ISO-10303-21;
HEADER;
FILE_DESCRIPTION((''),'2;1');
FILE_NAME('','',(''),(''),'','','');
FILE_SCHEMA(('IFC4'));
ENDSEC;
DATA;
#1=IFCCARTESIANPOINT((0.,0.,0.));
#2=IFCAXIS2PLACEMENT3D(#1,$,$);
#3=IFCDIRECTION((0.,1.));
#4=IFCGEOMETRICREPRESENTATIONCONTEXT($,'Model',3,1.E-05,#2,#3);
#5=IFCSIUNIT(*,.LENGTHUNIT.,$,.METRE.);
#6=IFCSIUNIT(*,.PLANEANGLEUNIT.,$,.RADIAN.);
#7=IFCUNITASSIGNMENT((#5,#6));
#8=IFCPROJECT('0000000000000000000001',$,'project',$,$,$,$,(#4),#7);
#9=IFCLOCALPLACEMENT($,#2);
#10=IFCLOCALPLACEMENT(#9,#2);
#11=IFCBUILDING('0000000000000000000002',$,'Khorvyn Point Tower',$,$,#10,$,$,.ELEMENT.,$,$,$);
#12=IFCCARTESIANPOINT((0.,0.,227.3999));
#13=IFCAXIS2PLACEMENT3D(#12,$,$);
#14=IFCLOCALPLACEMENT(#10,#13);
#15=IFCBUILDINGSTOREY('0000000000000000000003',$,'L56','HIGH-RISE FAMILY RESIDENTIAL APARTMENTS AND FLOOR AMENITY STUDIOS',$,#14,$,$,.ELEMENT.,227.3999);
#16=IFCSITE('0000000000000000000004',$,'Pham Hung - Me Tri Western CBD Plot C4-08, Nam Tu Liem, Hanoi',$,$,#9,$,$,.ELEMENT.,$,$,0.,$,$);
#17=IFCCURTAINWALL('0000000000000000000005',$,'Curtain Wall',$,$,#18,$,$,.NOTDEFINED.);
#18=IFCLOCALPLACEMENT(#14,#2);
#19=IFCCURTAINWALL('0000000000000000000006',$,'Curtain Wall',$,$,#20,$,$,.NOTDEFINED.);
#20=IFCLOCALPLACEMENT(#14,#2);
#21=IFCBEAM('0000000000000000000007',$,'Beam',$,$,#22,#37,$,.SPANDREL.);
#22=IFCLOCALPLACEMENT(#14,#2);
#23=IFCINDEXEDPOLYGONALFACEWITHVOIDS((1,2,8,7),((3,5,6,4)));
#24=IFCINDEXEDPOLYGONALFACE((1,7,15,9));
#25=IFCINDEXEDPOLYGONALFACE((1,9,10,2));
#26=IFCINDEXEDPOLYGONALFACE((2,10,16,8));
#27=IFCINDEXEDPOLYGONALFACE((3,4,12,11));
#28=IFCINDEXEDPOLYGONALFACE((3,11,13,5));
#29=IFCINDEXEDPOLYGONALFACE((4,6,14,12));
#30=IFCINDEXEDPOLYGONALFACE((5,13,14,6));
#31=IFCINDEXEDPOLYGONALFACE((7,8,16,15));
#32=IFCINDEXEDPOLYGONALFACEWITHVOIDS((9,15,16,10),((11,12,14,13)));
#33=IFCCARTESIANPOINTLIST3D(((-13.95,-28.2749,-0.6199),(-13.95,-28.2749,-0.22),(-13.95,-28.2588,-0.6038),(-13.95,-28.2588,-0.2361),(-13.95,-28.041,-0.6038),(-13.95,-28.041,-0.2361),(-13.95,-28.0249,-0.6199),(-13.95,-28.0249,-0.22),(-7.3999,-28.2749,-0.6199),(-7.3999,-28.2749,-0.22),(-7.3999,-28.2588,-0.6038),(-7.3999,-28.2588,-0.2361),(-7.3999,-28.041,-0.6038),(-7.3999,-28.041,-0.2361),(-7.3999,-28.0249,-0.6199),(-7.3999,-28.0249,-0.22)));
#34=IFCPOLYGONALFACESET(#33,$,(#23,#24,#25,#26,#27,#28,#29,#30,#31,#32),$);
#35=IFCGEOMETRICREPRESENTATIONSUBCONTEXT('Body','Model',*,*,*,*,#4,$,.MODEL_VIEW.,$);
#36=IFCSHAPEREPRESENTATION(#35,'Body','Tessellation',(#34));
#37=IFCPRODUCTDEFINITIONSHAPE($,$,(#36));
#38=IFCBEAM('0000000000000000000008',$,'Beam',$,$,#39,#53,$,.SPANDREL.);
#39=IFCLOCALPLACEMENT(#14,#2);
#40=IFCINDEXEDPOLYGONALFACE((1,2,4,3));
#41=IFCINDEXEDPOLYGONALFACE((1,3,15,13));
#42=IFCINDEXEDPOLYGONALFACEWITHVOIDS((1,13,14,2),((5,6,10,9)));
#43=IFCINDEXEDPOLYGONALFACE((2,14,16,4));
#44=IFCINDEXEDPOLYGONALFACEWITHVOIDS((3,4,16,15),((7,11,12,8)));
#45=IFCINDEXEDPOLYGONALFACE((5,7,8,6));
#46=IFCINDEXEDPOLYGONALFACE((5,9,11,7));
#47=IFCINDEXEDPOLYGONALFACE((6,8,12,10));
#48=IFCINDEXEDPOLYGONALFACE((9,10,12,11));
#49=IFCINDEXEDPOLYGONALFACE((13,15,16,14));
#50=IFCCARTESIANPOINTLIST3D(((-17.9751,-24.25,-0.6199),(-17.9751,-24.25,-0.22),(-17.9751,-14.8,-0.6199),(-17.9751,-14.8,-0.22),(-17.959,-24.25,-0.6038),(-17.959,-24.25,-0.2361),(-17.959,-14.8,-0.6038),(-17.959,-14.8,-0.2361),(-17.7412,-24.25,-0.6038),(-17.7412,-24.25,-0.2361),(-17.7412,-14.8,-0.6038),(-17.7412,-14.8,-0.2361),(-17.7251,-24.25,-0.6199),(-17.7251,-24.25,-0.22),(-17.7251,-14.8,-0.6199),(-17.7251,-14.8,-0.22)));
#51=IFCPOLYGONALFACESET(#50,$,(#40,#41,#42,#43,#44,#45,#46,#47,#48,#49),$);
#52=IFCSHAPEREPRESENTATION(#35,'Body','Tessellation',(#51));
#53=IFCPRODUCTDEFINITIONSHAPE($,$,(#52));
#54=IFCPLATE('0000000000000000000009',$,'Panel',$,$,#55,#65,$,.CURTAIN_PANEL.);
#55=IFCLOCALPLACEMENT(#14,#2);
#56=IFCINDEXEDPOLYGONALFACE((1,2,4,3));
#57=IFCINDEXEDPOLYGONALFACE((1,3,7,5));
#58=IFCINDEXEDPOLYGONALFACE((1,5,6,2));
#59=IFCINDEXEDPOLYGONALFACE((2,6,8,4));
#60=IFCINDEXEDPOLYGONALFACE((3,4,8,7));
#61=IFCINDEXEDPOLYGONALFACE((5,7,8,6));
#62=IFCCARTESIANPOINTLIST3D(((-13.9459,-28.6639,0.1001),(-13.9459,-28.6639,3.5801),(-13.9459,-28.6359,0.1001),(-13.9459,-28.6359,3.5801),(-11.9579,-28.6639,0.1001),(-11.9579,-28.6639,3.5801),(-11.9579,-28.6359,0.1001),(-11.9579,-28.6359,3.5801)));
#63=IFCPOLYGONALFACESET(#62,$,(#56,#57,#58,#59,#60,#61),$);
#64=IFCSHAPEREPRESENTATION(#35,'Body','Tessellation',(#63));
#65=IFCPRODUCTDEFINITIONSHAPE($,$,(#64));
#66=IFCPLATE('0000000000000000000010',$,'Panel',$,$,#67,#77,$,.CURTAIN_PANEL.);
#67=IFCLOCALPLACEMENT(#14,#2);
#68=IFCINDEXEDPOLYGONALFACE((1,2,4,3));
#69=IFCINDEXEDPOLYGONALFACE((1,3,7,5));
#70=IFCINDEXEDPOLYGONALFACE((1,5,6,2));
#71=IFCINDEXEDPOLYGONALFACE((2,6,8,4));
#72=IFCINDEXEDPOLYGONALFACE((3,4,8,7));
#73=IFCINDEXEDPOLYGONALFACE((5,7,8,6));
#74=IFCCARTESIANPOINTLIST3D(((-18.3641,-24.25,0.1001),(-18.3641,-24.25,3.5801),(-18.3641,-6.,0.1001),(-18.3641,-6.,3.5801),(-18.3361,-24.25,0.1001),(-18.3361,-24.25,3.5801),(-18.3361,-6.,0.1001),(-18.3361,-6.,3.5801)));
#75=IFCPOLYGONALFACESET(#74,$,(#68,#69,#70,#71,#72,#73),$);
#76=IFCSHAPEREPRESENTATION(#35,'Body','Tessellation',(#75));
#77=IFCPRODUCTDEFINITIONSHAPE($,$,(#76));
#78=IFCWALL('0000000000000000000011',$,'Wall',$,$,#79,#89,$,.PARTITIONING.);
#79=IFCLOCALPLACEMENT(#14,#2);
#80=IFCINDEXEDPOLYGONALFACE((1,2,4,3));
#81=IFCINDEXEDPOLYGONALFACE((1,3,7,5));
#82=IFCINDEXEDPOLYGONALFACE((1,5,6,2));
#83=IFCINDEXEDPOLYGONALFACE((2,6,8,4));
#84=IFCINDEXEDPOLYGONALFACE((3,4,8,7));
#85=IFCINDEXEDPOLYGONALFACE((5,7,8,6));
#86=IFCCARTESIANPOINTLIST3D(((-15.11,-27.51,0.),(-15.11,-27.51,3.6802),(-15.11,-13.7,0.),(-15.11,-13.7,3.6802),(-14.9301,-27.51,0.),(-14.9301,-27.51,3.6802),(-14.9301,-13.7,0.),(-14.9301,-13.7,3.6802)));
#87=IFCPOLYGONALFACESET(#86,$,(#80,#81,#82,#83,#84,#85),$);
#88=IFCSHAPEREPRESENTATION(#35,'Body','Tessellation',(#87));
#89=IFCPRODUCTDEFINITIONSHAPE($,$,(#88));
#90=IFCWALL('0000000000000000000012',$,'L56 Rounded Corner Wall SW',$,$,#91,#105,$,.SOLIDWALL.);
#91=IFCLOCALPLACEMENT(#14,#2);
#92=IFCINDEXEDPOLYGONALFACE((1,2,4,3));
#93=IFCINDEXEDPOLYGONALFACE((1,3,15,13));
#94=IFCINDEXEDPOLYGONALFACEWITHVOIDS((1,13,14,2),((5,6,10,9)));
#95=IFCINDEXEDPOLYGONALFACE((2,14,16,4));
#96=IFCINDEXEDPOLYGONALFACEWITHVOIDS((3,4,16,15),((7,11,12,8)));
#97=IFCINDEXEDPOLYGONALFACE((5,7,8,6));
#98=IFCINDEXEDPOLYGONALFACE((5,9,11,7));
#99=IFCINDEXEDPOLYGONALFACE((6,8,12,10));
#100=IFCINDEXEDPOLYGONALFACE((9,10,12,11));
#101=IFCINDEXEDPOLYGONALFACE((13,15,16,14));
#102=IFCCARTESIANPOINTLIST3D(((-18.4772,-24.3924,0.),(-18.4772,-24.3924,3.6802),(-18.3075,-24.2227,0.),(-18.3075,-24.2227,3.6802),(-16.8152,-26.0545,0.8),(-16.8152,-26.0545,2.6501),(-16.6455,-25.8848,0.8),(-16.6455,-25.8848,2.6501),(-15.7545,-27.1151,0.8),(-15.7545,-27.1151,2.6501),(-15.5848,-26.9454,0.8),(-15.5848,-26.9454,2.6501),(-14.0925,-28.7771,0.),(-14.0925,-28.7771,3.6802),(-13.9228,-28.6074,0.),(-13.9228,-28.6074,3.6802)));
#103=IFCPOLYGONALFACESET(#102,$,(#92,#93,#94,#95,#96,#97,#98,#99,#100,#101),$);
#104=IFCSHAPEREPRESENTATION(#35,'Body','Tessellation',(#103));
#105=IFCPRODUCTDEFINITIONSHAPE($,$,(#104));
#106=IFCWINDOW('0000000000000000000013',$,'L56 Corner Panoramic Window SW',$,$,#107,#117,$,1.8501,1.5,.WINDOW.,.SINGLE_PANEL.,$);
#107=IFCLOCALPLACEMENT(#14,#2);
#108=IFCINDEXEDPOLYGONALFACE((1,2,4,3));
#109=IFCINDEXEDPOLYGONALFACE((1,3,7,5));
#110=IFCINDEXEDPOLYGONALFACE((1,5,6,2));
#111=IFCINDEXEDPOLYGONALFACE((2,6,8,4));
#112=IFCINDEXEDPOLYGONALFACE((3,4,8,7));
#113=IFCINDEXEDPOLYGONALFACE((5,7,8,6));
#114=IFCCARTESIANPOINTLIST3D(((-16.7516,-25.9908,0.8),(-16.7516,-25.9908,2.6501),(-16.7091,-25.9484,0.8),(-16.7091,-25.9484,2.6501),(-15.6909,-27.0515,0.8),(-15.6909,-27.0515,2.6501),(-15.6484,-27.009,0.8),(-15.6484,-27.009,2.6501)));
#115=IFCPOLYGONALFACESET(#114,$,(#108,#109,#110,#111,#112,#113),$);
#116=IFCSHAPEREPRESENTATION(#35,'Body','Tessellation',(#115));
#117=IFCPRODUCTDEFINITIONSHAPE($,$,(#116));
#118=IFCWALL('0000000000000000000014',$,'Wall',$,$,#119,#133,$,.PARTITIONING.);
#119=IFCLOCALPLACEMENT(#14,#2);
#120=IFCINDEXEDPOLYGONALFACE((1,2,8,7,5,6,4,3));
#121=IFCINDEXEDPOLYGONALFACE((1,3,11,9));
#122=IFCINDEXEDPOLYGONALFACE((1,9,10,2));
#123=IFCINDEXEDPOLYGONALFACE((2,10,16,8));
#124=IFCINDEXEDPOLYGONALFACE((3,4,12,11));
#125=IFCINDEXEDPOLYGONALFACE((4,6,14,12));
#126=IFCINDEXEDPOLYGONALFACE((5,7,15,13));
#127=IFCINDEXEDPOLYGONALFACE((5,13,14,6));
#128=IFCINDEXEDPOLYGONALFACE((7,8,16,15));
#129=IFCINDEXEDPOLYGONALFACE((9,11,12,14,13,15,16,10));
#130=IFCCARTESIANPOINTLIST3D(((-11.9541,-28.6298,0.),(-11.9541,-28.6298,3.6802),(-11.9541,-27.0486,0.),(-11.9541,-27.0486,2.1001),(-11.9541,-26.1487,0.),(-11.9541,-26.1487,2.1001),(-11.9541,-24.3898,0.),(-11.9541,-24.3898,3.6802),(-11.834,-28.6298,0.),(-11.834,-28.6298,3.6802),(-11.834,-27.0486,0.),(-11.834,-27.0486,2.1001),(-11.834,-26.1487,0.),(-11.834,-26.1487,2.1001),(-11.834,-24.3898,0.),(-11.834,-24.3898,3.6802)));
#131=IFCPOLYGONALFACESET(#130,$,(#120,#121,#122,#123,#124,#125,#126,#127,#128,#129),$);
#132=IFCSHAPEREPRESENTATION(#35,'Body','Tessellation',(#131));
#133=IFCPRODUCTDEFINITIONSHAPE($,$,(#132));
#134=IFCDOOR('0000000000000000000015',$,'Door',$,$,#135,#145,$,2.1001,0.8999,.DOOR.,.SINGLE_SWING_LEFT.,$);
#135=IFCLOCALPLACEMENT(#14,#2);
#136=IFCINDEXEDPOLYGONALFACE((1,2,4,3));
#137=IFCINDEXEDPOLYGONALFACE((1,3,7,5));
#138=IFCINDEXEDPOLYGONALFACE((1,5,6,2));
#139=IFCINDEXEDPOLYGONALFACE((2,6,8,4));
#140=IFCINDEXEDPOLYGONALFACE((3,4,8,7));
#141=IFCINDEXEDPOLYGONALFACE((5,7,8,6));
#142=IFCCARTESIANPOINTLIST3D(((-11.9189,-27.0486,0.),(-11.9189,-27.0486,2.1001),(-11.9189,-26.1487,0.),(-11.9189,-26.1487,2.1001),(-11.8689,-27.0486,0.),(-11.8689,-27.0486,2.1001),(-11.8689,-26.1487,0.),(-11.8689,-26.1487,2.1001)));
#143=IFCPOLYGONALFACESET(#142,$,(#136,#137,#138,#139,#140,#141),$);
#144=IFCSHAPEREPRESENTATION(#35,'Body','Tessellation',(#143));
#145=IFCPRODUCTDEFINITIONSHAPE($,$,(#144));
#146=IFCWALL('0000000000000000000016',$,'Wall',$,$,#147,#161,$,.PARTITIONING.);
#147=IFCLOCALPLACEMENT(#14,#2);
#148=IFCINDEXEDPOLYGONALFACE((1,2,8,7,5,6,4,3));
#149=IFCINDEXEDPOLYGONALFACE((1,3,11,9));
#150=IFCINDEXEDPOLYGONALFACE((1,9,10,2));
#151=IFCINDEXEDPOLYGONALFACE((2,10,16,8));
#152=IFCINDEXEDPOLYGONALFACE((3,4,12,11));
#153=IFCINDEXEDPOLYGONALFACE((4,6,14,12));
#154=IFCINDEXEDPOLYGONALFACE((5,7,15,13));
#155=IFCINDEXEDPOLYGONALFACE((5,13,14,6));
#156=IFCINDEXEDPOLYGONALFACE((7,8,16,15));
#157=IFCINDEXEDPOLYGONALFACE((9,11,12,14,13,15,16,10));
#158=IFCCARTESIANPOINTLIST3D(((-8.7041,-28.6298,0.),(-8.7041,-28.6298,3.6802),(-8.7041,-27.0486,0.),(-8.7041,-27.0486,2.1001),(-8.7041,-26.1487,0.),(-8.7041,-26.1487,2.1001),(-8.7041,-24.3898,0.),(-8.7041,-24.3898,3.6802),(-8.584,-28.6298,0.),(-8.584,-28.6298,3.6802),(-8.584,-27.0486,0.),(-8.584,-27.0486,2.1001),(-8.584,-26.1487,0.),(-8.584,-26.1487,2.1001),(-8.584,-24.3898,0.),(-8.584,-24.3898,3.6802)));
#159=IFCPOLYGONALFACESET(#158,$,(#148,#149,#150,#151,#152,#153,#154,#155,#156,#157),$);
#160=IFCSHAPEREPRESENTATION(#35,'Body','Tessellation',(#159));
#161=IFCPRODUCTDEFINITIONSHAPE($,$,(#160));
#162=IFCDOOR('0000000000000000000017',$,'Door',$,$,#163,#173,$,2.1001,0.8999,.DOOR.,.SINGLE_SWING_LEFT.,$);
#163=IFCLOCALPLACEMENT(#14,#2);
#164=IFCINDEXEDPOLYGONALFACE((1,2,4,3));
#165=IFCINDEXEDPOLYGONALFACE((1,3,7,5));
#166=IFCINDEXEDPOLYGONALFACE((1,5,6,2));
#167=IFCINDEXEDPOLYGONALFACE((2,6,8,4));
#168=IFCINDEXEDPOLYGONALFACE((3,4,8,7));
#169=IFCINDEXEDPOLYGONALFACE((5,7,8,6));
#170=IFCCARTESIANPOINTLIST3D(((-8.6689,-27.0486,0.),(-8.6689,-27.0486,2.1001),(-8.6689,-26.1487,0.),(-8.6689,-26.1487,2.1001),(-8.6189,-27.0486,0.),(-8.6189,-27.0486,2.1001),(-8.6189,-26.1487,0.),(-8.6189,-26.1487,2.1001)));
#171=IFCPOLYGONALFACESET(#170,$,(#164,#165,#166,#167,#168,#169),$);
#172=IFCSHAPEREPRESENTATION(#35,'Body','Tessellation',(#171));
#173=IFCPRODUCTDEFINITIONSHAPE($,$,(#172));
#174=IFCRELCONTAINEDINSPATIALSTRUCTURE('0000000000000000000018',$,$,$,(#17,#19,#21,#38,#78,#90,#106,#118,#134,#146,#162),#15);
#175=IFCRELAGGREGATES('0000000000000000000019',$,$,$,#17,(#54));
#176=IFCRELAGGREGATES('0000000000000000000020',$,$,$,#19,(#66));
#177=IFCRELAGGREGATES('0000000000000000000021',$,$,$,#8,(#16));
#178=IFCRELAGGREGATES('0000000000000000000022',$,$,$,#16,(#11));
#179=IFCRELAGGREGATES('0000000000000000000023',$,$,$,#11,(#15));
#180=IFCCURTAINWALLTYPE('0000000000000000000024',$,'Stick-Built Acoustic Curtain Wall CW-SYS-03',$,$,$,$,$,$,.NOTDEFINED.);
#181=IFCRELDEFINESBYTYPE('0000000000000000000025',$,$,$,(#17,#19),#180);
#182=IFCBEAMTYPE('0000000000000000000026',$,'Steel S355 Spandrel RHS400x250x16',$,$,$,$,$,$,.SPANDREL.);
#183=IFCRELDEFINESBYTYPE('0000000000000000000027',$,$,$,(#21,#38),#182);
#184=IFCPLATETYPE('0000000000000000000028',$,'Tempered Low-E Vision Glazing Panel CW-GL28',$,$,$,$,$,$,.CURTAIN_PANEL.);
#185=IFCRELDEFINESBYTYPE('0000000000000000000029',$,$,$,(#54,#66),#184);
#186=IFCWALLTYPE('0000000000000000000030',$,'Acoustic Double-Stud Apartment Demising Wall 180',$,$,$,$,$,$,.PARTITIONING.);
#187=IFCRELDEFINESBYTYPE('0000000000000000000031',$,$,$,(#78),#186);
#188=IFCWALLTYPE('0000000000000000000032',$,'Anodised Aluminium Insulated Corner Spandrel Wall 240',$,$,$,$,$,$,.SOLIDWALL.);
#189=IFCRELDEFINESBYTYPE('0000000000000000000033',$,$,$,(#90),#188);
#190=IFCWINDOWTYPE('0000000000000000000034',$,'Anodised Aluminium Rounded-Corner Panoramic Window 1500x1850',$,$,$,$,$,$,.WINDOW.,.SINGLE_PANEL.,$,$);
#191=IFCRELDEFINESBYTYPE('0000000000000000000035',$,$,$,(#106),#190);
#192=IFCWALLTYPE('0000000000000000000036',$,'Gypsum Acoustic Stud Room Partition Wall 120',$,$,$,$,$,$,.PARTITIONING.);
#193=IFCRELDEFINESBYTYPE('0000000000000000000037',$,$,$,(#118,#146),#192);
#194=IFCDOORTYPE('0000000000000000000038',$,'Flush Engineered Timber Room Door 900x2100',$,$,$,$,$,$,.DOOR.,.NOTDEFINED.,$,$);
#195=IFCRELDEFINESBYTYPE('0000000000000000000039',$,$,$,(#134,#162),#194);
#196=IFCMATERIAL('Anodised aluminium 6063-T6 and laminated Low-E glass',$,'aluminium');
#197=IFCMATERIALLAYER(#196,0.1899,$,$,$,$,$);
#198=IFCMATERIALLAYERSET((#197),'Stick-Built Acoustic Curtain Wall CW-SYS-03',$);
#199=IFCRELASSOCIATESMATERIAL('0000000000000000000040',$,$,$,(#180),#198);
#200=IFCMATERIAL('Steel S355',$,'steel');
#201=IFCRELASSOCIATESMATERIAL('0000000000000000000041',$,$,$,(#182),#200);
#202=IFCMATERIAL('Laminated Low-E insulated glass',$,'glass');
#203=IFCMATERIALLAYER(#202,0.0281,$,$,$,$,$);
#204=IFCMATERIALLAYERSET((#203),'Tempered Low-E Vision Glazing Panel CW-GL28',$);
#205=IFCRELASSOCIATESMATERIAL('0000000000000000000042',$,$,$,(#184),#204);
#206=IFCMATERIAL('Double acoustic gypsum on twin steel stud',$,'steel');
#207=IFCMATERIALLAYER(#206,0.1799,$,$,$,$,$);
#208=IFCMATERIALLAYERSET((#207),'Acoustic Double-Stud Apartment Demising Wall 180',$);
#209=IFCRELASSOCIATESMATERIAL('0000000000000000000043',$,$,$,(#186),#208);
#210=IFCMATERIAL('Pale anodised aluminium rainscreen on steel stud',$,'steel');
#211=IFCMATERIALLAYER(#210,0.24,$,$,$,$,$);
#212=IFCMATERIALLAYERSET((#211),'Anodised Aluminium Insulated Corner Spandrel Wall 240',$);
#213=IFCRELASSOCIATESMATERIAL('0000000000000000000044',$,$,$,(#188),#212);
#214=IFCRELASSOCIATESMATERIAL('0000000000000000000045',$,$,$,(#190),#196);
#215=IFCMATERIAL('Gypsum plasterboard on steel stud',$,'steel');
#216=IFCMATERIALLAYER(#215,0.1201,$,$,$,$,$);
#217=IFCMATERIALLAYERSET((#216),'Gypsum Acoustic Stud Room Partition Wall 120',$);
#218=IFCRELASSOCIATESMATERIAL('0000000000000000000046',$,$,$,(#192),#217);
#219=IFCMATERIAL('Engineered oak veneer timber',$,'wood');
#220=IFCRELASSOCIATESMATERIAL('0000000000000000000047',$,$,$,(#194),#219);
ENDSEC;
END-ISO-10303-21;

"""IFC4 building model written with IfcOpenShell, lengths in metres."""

from ifc_helpers import new_model, si_unit, direction, frame, frame_2d, origin, origin_2d, place, context, subcontext, project, spatial, rectangle, hollow_rectangle, extrude, material, layer, layer_set, material_profile, profile_set, type_object, element, fill, aggregate, save


model = new_model("IFC4")

# Units and contexts
model_context = context("Model", 3, precision=1e-05, world=origin(), true_north=direction((0.0, 1.0)))
body_context = subcontext(model_context, "Body", "Model", "MODEL_VIEW")
ifc_project = project(units=[si_unit("LENGTHUNIT", "METRE"), si_unit("PLANEANGLEUNIT", "RADIAN")], contexts=[model_context])

# Site, building, storey
site_placement = place(None, origin())
site = spatial("IfcSite", under=ifc_project, at=site_placement, Name="Pham Hung - Me Tri Western CBD Plot C4-08, Nam Tu Liem, Hanoi", CompositionType="ELEMENT", RefElevation=0.0)
building_placement = place(site_placement, origin())
building = spatial("IfcBuilding", under=site, at=building_placement, Name="Khorvyn Point Tower", CompositionType="ELEMENT")
storey_placement = place(building_placement, frame((0.0, 0.0, 227.3999)))
storey = spatial("IfcBuildingStorey", under=building, at=storey_placement, Name="L56", Description="HIGH-RISE FAMILY RESIDENTIAL APARTMENTS AND FLOOR AMENITY STUDIOS", CompositionType="ELEMENT", Elevation=227.3999)

# Curtain wall
ifc_material_1 = material(Name="Anodised aluminium 6063-T6 and laminated Low-E glass", Category="aluminium")
ifc_layer_1 = layer(ifc_material_1, 0.1899)
ifc_layer_set_1 = layer_set([ifc_layer_1], Name="Stick-Built Acoustic Curtain Wall CW-SYS-03")
curtain_wall_type = type_object("IfcCurtainWallType", Name="Stick-Built Acoustic Curtain Wall CW-SYS-03", PredefinedType="NOTDEFINED", material=ifc_layer_set_1)
curtain_wall_1_placement = place(storey_placement, origin())
curtain_wall_1 = element("IfcCurtainWall", 1, at=curtain_wall_1_placement, inside=storey, type_object=curtain_wall_type, Name="Curtain Wall", PredefinedType="NOTDEFINED")

# Curtain wall
curtain_wall_2_placement = place(storey_placement, origin())
curtain_wall_2 = element("IfcCurtainWall", 2, at=curtain_wall_2_placement, inside=storey, type_object=curtain_wall_type, Name="Curtain Wall", PredefinedType="NOTDEFINED")

# Beams
ifc_material_2 = material(Name="Steel S355", Category="steel")
ifc_material_profile_1 = material_profile(ifc_material_2, hollow_rectangle(XDim=0.25, YDim=0.3999, WallThickness=0.0161, at=origin_2d()))
ifc_profile_set_1 = profile_set([ifc_material_profile_1], Name="Steel S355 RHS400x250x16")
beam_type_1 = type_object("IfcBeamType", Name="Steel S355 Spandrel RHS400x250x16", PredefinedType="SPANDREL", material=ifc_profile_set_1)
beam_1_placement = place(storey_placement, frame((-13.95, -28.1499, -0.4199), z_axis=(1.0, 0.0, 0.0), x_axis=(0.0, 1.0, 0.0)))
element("IfcBeam", 3, at=beam_1_placement, inside=storey, type_object=beam_type_1, Name="Beam", PredefinedType="SPANDREL", context=body_context, shape_type="SweptSolid", body=[
    extrude(hollow_rectangle(XDim=0.25, YDim=0.3999, WallThickness=0.0161, at=origin_2d()), origin(), (0.0, 0.0, 1.0), 6.55),
])
beam_2_placement = place(storey_placement, frame((-17.8501, -24.25, -0.4199), z_axis=(0.0, 1.0, 0.0), x_axis=(-1.0, 0.0, 0.0)))
element("IfcBeam", 4, at=beam_2_placement, inside=storey, type_object=beam_type_1, Name="Beam", PredefinedType="SPANDREL", context=body_context, shape_type="SweptSolid", body=[
    extrude(hollow_rectangle(XDim=0.25, YDim=0.3999, WallThickness=0.0161, at=origin_2d()), origin(), (0.0, 0.0, 1.0), 9.45),
])

# Plates
ifc_material_3 = material(Name="Laminated Low-E insulated glass", Category="glass")
ifc_layer_2 = layer(ifc_material_3, 0.0281)
ifc_layer_set_2 = layer_set([ifc_layer_2], Name="Tempered Low-E Vision Glazing Panel CW-GL28")
plate_type = type_object("IfcPlateType", Name="Tempered Low-E Vision Glazing Panel CW-GL28", PredefinedType="CURTAIN_PANEL", material=ifc_layer_set_2)
plate_1_placement = place(storey_placement, frame((-12.9519, -28.6499, 0.1001), z_axis=(0.0, 0.0, 1.0), x_axis=(-1.0, 0.0, 0.0)))
plate_1 = element("IfcPlate", 5, at=plate_1_placement, type_object=plate_type, Name="Panel", PredefinedType="CURTAIN_PANEL", context=body_context, shape_type="SweptSolid", body=[
    extrude(rectangle(XDim=1.988, YDim=0.0281, at=origin_2d()), origin(), (0.0, 0.0, 1.0), 3.48),
])
aggregate(curtain_wall_1, [plate_1])
plate_2_placement = place(storey_placement, frame((-18.3501, -15.125, 0.1001), z_axis=(0.0, 0.0, 1.0), x_axis=(0.0, 1.0, 0.0)))
plate_2 = element("IfcPlate", 6, at=plate_2_placement, type_object=plate_type, Name="Panel", PredefinedType="CURTAIN_PANEL", context=body_context, shape_type="SweptSolid", body=[
    extrude(rectangle(XDim=18.25, YDim=0.0281, at=origin_2d()), origin(), (0.0, 0.0, 1.0), 3.48),
])
aggregate(curtain_wall_2, [plate_2])

# Wall
ifc_material_4 = material(Name="Double acoustic gypsum on twin steel stud", Category="steel")
ifc_layer_3 = layer(ifc_material_4, 0.1799)
ifc_layer_set_3 = layer_set([ifc_layer_3], Name="Acoustic Double-Stud Apartment Demising Wall 180")
wall_type_1 = type_object("IfcWallType", Name="Acoustic Double-Stud Apartment Demising Wall 180", PredefinedType="PARTITIONING", material=ifc_layer_set_3)
wall_1_placement = place(storey_placement, frame((-15.02, -27.51, 0.0), z_axis=(0.0, 0.0, 1.0), x_axis=(0.0, 1.0, 0.0)))
element("IfcWall", 7, at=wall_1_placement, inside=storey, type_object=wall_type_1, Name="Wall", PredefinedType="PARTITIONING", context=body_context, shape_type="SweptSolid", body=[
    extrude(rectangle(XDim=13.8101, YDim=0.1799, at=frame_2d((6.905, 0.0))), origin(), (0.0, 0.0, 1.0), 3.6802),
])

# Wall, opening, window
ifc_material_5 = material(Name="Pale anodised aluminium rainscreen on steel stud", Category="steel")
ifc_layer_4 = layer(ifc_material_5, 0.24)
ifc_layer_set_4 = layer_set([ifc_layer_4], Name="Anodised Aluminium Insulated Corner Spandrel Wall 240")
wall_type_2 = type_object("IfcWallType", Name="Anodised Aluminium Insulated Corner Spandrel Wall 240", PredefinedType="SOLIDWALL", material=ifc_layer_set_4)
wall_2_placement = place(storey_placement, frame((-14.0076, -28.6924, 0.0), z_axis=(0.0, 0.0, 1.0), x_axis=(-0.707107, 0.707107, 0.0)))
wall_2 = element("IfcWall", 8, at=wall_2_placement, inside=storey, type_object=wall_type_2, Name="L56 Rounded Corner Wall SW", PredefinedType="SOLIDWALL", context=body_context, shape_type="SweptSolid", body=[
    extrude(rectangle(XDim=6.2009, YDim=0.24, at=frame_2d((3.1006, 0.0))), origin(), (0.0, 0.0, 1.0), 3.6802),
])
opening_1_placement = place(wall_2_placement, frame((2.3506, 0.0, 0.8)))
opening_1 = element("IfcOpeningElement", 9, at=opening_1_placement, cuts=wall_2, PredefinedType="OPENING", context=body_context, shape_type="SweptSolid", body=[
    extrude(rectangle(XDim=1.5, YDim=1.8501, at=frame_2d((0.75, 0.925))), frame((0.0, 0.1299, 0.0), z_axis=(0.0, -1.0, 0.0), x_axis=(1.0, 0.0, 0.0)), (0.0, 0.0, 1.0), 0.26),
])
window_type = type_object("IfcWindowType", Name="Anodised Aluminium Rounded-Corner Panoramic Window 1500x1850", PartitioningType="SINGLE_PANEL", PredefinedType="WINDOW", material=ifc_material_1)
window_placement = place(opening_1_placement, origin())
window = element("IfcWindow", 10, at=window_placement, inside=storey, type_object=window_type, Name="L56 Corner Panoramic Window SW", OverallHeight=1.8501, OverallWidth=1.5, PartitioningType="SINGLE_PANEL", PredefinedType="WINDOW", context=body_context, shape_type="SweptSolid", body=[
    extrude(rectangle(XDim=1.5, YDim=1.8501, at=frame_2d((0.75, 0.925))), frame((0.0, 0.03, 0.0), z_axis=(0.0, -1.0, 0.0), x_axis=(1.0, 0.0, 0.0)), (0.0, 0.0, 1.0), 0.0601),
])
fill(opening_1, window)

# Walls, openings, doors
ifc_material_6 = material(Name="Gypsum plasterboard on steel stud", Category="steel")
ifc_layer_5 = layer(ifc_material_6, 0.1201)
ifc_layer_set_5 = layer_set([ifc_layer_5], Name="Gypsum Acoustic Stud Room Partition Wall 120")
wall_type_3 = type_object("IfcWallType", Name="Gypsum Acoustic Stud Room Partition Wall 120", PredefinedType="PARTITIONING", material=ifc_layer_set_5)
wall_3_placement = place(storey_placement, frame((-11.894, -28.6299, 0.0), z_axis=(0.0, 0.0, 1.0), x_axis=(0.0, 1.0, 0.0)))
wall_3 = element("IfcWall", 11, at=wall_3_placement, inside=storey, type_object=wall_type_3, Name="Wall", PredefinedType="PARTITIONING", context=body_context, shape_type="SweptSolid", body=[
    extrude(rectangle(XDim=4.24, YDim=0.1201, at=frame_2d((2.1201, 0.0))), origin(), (0.0, 0.0, 1.0), 3.6802),
])
opening_2_placement = place(wall_3_placement, frame((1.5813, 0.0, 0.0)))
opening_2 = element("IfcOpeningElement", 12, at=opening_2_placement, cuts=wall_3, PredefinedType="OPENING", context=body_context, shape_type="SweptSolid", body=[
    extrude(rectangle(XDim=0.8999, YDim=2.1001, at=frame_2d((0.45, 1.05))), frame((0.0, 0.0701, 0.0), z_axis=(0.0, -1.0, 0.0), x_axis=(1.0, 0.0, 0.0)), (0.0, 0.0, 1.0), 0.1401),
])
ifc_material_7 = material(Name="Engineered oak veneer timber", Category="wood")
door_type_1 = type_object("IfcDoorType", Name="Flush Engineered Timber Room Door 900x2100", OperationType="NOTDEFINED", PredefinedType="DOOR", material=ifc_material_7)
door_1_placement = place(opening_2_placement, origin())
door_1 = element("IfcDoor", 13, at=door_1_placement, inside=storey, type_object=door_type_1, Name="Door", OperationType="SINGLE_SWING_LEFT", OverallHeight=2.1001, OverallWidth=0.8999, PredefinedType="DOOR", context=body_context, shape_type="SweptSolid", body=[
    extrude(rectangle(XDim=0.8999, YDim=2.1001, at=frame_2d((0.45, 1.05))), frame((0.0, 0.0249, 0.0), z_axis=(0.0, -1.0, 0.0), x_axis=(1.0, 0.0, 0.0)), (0.0, 0.0, 1.0), 0.05),
])
fill(opening_2, door_1)
wall_4_placement = place(storey_placement, frame((-8.644, -28.6299, 0.0), z_axis=(0.0, 0.0, 1.0), x_axis=(0.0, 1.0, 0.0)))
wall_4 = element("IfcWall", 14, at=wall_4_placement, inside=storey, type_object=wall_type_3, Name="Wall", PredefinedType="PARTITIONING", context=body_context, shape_type="SweptSolid", body=[
    extrude(rectangle(XDim=4.24, YDim=0.1201, at=frame_2d((2.1201, 0.0))), origin(), (0.0, 0.0, 1.0), 3.6802),
])
opening_3_placement = place(wall_4_placement, frame((1.5813, 0.0, 0.0)))
opening_3 = element("IfcOpeningElement", 15, at=opening_3_placement, cuts=wall_4, PredefinedType="OPENING", context=body_context, shape_type="SweptSolid", body=[
    extrude(rectangle(XDim=0.8999, YDim=2.1001, at=frame_2d((0.45, 1.05))), frame((0.0, 0.0701, 0.0), z_axis=(0.0, -1.0, 0.0), x_axis=(1.0, 0.0, 0.0)), (0.0, 0.0, 1.0), 0.1401),
])
door_2_placement = place(opening_3_placement, origin())
door_2 = element("IfcDoor", 16, at=door_2_placement, inside=storey, type_object=door_type_1, Name="Door", OperationType="SINGLE_SWING_LEFT", OverallHeight=2.1001, OverallWidth=0.8999, PredefinedType="DOOR", context=body_context, shape_type="SweptSolid", body=[
    extrude(rectangle(XDim=0.8999, YDim=2.1001, at=frame_2d((0.45, 1.05))), frame((0.0, 0.0249, 0.0), z_axis=(0.0, -1.0, 0.0), x_axis=(1.0, 0.0, 0.0)), (0.0, 0.0, 1.0), 0.05),
])
fill(opening_3, door_2)

save(model, "model.ifc")
